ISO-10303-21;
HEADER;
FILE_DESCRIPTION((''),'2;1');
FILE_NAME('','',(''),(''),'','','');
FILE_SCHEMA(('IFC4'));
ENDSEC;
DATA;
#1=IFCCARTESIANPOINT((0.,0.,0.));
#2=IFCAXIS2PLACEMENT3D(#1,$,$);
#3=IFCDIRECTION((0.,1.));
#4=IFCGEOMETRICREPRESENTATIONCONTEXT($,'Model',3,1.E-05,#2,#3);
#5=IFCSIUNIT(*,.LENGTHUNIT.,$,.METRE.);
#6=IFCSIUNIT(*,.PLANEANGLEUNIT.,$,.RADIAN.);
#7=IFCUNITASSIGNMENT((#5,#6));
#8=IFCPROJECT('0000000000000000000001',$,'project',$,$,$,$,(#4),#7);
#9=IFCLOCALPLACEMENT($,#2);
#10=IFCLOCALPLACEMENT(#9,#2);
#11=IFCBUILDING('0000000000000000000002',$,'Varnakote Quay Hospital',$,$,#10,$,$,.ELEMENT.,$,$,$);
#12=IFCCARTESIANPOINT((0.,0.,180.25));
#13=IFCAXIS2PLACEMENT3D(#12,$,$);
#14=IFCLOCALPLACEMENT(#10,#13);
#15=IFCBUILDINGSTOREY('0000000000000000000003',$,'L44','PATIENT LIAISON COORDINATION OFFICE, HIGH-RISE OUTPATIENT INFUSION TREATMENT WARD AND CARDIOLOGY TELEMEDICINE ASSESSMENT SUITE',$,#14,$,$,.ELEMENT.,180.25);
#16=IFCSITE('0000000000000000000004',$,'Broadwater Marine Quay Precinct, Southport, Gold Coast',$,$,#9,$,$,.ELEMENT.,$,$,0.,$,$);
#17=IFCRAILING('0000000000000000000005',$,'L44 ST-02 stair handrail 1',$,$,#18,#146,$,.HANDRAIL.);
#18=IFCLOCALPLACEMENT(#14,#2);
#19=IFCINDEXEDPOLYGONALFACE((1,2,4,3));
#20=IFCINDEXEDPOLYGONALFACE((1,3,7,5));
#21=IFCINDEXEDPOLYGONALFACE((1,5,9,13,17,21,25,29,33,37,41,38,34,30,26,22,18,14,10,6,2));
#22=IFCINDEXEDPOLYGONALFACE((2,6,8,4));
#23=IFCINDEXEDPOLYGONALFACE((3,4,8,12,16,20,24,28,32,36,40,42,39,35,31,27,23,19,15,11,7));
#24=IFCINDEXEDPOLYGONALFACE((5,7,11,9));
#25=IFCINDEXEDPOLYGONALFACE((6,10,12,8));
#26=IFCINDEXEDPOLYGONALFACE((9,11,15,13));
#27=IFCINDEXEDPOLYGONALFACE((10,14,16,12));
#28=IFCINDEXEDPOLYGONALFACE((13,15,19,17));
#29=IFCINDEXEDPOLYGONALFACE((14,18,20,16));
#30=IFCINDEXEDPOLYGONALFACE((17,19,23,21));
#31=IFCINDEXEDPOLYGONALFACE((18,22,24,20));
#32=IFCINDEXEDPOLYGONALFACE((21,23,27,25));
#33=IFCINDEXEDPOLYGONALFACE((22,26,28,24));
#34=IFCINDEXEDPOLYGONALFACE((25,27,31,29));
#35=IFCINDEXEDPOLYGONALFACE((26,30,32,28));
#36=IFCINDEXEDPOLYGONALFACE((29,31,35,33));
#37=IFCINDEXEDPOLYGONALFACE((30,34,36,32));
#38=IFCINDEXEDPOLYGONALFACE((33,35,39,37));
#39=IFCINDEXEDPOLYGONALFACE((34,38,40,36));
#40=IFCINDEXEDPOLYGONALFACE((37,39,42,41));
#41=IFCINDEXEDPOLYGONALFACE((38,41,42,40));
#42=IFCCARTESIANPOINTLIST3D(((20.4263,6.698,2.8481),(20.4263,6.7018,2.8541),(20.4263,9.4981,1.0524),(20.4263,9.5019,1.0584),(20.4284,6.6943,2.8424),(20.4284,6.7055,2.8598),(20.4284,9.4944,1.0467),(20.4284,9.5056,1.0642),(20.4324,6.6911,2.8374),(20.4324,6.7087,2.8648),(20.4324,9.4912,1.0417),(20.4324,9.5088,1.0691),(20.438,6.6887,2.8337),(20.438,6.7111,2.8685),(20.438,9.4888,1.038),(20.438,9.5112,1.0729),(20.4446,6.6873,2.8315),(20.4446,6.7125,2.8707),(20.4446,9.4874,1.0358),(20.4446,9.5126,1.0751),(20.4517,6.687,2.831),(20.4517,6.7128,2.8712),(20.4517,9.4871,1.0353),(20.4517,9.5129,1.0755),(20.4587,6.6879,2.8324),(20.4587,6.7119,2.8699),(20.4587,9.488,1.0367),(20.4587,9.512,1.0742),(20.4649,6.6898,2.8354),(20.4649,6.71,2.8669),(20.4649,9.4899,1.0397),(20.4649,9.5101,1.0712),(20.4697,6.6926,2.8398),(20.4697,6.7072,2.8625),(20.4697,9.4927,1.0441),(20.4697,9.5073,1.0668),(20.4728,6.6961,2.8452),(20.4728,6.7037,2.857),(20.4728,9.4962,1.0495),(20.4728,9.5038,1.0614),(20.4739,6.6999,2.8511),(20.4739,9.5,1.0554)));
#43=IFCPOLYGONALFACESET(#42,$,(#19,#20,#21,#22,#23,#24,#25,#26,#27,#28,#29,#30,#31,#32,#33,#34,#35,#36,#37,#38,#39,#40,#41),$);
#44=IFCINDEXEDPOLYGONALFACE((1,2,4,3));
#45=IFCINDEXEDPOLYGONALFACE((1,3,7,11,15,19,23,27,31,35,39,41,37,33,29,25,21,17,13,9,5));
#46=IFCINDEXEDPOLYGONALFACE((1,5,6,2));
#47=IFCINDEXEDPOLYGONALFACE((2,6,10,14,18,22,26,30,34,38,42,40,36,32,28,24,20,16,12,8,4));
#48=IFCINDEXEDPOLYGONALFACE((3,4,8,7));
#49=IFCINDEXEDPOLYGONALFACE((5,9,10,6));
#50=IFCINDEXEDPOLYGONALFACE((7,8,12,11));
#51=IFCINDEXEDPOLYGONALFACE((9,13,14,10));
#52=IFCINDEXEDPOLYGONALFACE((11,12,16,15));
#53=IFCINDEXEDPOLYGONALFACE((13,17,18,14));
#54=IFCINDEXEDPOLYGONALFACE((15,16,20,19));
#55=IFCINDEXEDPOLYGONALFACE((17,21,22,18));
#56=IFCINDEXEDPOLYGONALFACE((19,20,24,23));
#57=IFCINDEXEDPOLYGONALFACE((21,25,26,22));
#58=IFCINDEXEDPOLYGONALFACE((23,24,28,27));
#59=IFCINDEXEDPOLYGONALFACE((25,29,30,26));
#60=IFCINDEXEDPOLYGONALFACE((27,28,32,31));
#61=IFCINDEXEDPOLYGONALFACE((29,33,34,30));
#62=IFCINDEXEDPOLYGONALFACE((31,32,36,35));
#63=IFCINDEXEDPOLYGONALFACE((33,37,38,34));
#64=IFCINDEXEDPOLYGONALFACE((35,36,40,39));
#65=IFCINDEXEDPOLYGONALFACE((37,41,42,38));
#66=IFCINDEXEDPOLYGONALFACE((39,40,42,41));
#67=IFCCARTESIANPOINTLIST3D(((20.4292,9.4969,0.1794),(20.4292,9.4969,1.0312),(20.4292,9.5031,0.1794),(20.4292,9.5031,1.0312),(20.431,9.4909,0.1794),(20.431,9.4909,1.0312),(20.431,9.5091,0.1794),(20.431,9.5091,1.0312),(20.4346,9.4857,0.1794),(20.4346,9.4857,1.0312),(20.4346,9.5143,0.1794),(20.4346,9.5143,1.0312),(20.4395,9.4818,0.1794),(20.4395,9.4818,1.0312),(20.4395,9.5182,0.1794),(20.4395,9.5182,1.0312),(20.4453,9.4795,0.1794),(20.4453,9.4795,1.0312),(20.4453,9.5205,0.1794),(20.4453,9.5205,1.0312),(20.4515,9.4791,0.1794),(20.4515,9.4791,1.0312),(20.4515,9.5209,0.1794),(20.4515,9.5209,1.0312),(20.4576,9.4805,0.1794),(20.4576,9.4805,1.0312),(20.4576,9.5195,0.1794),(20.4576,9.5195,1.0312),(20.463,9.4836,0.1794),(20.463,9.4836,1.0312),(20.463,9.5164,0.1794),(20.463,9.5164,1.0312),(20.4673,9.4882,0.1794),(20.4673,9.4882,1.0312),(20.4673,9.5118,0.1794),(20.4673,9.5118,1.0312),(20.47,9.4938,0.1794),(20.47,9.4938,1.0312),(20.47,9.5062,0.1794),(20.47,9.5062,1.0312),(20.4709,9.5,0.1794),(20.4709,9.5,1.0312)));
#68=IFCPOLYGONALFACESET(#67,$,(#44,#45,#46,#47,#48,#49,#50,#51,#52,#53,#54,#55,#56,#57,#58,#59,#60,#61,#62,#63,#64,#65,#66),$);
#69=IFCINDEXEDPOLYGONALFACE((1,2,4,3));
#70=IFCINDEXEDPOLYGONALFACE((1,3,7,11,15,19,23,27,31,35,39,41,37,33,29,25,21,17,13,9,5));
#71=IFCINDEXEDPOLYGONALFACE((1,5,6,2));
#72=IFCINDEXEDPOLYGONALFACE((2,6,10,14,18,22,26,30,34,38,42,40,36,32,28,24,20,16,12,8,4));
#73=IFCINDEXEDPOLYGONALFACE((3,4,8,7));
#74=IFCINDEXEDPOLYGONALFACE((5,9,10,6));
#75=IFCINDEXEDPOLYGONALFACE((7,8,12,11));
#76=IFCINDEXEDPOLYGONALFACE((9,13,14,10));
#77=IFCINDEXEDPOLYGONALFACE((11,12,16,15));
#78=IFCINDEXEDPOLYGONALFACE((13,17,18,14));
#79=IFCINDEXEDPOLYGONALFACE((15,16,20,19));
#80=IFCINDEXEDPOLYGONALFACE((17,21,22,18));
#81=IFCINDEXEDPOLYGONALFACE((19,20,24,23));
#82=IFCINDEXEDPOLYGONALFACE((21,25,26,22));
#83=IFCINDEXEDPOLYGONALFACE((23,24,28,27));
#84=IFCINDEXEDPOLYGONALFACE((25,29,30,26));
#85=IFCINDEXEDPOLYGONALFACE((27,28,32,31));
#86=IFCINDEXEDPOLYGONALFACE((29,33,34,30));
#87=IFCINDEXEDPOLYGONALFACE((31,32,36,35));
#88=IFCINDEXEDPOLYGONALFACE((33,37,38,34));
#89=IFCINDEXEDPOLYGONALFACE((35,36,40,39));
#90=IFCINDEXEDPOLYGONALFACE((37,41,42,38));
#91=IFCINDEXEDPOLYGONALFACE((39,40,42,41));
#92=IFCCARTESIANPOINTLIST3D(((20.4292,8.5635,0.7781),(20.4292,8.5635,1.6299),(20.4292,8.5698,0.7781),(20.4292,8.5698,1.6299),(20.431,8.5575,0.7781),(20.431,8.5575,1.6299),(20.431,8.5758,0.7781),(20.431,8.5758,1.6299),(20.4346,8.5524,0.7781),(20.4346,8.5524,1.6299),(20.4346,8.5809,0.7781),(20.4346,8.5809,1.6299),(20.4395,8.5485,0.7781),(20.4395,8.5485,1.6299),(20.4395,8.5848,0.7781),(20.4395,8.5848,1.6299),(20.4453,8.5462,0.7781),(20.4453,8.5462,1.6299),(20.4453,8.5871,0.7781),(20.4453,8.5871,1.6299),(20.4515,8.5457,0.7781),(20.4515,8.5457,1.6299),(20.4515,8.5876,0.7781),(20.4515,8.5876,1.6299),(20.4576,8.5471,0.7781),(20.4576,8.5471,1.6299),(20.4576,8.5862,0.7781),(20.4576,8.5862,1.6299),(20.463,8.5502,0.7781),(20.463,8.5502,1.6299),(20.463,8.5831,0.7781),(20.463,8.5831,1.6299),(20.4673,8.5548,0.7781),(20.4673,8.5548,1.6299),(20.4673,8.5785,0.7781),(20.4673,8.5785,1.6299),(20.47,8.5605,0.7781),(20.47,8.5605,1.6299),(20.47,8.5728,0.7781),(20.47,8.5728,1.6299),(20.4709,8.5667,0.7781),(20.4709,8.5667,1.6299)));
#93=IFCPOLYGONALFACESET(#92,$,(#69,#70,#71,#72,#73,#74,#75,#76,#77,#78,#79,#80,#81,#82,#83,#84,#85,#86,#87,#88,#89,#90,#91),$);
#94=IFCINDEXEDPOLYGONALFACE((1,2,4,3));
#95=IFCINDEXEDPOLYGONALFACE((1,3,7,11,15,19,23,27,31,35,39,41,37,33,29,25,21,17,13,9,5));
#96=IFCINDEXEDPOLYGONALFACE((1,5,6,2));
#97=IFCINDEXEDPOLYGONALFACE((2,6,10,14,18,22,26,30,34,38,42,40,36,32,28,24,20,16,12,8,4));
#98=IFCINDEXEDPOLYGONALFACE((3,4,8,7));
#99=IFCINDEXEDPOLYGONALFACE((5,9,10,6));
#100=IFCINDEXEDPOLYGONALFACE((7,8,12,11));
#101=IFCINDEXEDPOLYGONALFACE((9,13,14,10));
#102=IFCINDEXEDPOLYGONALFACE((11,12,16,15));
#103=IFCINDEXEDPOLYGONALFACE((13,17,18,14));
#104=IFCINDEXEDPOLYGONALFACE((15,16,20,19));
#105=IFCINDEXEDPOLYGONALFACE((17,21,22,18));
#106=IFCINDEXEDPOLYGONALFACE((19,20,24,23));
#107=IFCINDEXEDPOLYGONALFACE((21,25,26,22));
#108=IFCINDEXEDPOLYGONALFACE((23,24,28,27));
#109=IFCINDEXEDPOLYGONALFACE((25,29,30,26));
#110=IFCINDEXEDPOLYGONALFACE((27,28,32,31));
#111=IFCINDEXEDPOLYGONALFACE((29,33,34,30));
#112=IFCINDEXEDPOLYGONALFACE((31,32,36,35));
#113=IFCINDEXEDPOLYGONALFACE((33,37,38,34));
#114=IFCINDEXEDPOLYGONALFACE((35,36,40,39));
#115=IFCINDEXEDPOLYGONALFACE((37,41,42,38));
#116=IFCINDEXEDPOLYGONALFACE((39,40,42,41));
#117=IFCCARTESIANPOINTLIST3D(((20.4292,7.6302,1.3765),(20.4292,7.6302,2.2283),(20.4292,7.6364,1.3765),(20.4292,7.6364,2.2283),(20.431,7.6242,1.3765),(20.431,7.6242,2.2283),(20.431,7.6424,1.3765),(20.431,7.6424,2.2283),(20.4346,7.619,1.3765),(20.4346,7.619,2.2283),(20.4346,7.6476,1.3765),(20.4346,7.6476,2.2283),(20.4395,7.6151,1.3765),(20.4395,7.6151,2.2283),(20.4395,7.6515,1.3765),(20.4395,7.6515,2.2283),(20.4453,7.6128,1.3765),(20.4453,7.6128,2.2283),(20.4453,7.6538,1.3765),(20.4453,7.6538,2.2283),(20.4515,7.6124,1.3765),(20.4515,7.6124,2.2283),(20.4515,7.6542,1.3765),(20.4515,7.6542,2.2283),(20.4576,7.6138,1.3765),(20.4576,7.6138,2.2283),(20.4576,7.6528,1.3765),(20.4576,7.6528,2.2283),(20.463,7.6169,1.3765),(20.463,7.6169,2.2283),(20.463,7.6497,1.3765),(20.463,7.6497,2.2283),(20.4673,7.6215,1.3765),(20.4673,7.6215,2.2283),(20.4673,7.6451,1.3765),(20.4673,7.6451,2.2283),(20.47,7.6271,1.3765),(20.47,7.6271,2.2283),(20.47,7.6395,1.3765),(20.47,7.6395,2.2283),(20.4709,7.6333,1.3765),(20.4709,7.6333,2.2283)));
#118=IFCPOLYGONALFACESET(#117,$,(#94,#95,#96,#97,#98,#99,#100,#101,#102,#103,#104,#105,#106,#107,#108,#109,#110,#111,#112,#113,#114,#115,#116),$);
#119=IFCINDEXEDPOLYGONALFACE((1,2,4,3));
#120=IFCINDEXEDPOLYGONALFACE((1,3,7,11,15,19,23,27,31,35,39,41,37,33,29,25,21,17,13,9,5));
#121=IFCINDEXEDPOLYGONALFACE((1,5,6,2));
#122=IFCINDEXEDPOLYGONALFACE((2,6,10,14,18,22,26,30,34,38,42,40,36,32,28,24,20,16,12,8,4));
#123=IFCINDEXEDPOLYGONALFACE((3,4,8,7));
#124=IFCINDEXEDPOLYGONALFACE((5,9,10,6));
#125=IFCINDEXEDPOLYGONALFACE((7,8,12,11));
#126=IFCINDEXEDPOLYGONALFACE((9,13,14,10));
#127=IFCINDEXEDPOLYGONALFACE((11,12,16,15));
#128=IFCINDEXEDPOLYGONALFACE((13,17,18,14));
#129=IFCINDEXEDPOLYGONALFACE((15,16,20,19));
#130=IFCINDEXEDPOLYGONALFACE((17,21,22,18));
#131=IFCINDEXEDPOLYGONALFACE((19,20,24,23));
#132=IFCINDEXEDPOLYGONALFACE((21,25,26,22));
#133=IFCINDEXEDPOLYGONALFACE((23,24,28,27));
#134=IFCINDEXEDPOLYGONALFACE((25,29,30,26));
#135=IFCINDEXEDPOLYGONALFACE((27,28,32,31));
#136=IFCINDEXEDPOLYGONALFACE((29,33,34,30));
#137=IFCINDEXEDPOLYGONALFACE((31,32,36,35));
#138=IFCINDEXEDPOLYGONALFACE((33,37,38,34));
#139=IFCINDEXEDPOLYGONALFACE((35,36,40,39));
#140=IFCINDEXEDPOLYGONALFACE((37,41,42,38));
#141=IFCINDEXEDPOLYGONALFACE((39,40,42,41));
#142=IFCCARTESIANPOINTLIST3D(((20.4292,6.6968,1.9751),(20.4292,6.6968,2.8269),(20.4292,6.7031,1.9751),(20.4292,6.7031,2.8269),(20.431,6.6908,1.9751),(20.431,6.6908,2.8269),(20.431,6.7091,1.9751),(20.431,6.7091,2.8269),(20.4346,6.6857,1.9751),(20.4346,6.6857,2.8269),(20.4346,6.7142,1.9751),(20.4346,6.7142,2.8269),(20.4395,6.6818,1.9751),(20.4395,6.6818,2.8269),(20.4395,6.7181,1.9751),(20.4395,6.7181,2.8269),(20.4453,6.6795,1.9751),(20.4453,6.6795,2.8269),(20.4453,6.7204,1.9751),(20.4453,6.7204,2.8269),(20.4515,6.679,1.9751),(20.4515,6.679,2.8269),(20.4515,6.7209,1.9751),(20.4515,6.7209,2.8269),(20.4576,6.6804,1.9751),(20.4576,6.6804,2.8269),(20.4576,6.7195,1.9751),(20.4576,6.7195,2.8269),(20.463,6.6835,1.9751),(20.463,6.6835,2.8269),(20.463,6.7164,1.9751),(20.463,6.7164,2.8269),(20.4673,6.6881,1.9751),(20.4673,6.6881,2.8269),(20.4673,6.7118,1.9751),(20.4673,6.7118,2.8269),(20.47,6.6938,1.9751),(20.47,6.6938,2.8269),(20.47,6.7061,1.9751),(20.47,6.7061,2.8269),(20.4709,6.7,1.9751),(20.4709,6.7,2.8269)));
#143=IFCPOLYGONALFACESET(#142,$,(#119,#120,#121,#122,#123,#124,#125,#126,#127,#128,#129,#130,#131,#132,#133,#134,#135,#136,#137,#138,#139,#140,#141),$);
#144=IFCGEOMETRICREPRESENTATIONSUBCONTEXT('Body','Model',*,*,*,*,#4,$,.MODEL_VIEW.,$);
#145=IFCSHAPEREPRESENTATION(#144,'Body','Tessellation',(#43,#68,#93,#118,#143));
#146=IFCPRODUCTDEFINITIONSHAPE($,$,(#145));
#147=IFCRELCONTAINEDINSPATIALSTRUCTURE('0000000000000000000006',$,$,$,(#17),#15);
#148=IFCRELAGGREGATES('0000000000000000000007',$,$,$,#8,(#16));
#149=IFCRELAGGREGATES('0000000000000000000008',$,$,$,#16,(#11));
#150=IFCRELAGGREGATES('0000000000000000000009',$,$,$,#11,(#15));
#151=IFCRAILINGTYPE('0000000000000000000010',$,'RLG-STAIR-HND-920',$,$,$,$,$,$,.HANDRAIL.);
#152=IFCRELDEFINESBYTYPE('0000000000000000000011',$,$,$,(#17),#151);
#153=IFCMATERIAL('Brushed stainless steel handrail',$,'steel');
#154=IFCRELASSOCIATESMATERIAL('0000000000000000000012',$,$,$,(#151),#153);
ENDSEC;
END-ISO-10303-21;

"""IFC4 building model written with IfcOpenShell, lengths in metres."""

from ifc_helpers import new_model, si_unit, direction, frame, origin, origin_2d, place, context, subcontext, project, spatial, circle, extrude, material, type_object, element, save


model = new_model("IFC4")

# Units and contexts
model_context = context("Model", 3, precision=1e-05, world=origin(), true_north=direction((0.0, 1.0)))
body_context = subcontext(model_context, "Body", "Model", "MODEL_VIEW")
ifc_project = project(units=[si_unit("LENGTHUNIT", "METRE"), si_unit("PLANEANGLEUNIT", "RADIAN")], contexts=[model_context])

# Site, building, storey
site_placement = place(None, origin())
site = spatial("IfcSite", under=ifc_project, at=site_placement, Name="Broadwater Marine Quay Precinct, Southport, Gold Coast", CompositionType="ELEMENT", RefElevation=0.0)
building_placement = place(site_placement, origin())
building = spatial("IfcBuilding", under=site, at=building_placement, Name="Varnakote Quay Hospital", CompositionType="ELEMENT")
storey_placement = place(building_placement, frame((0.0, 0.0, 180.25)))
storey = spatial("IfcBuildingStorey", under=building, at=storey_placement, Name="L44", Description="PATIENT LIAISON COORDINATION OFFICE, HIGH-RISE OUTPATIENT INFUSION TREATMENT WARD AND CARDIOLOGY TELEMEDICINE ASSESSMENT SUITE", CompositionType="ELEMENT", Elevation=180.25)

# Railing
ifc_material_1 = material(Name="Brushed stainless steel handrail", Category="steel")
railing_type_1 = type_object("IfcRailingType", Name="RLG-STAIR-HND-920", PredefinedType="HANDRAIL", material=ifc_material_1)
railing_1_placement = place(storey_placement, frame((20.45, 9.5, 0.1794)))
element("IfcRailing", 1, at=railing_1_placement, inside=storey, type_object=railing_type_1, Name="L44 ST-02 stair handrail 1", PredefinedType="HANDRAIL", context=body_context, shape_type="SweptSolid", body=[
    extrude(circle(Radius=0.0239, at=origin_2d()), frame((0.0, 0.0, 0.876), z_axis=(0.0, -0.841777, 0.539826), x_axis=(1.0, 0.0, 0.0)), (0.0, 0.0, 1.0), 3.3264),
    extrude(circle(Radius=0.021, at=origin_2d()), origin(), (0.0, 0.0, 1.0), 0.8518),
    extrude(circle(Radius=0.021, at=origin_2d()), frame((0.0, -0.9333, 0.5986)), (0.0, 0.0, 1.0), 0.8518),
    extrude(circle(Radius=0.021, at=origin_2d()), frame((0.0, -1.8667, 1.197)), (0.0, 0.0, 1.0), 0.8518),
    extrude(circle(Radius=0.021, at=origin_2d()), frame((0.0, -2.8, 1.7957)), (0.0, 0.0, 1.0), 0.8518),
])

save(model, "model.ifc")
